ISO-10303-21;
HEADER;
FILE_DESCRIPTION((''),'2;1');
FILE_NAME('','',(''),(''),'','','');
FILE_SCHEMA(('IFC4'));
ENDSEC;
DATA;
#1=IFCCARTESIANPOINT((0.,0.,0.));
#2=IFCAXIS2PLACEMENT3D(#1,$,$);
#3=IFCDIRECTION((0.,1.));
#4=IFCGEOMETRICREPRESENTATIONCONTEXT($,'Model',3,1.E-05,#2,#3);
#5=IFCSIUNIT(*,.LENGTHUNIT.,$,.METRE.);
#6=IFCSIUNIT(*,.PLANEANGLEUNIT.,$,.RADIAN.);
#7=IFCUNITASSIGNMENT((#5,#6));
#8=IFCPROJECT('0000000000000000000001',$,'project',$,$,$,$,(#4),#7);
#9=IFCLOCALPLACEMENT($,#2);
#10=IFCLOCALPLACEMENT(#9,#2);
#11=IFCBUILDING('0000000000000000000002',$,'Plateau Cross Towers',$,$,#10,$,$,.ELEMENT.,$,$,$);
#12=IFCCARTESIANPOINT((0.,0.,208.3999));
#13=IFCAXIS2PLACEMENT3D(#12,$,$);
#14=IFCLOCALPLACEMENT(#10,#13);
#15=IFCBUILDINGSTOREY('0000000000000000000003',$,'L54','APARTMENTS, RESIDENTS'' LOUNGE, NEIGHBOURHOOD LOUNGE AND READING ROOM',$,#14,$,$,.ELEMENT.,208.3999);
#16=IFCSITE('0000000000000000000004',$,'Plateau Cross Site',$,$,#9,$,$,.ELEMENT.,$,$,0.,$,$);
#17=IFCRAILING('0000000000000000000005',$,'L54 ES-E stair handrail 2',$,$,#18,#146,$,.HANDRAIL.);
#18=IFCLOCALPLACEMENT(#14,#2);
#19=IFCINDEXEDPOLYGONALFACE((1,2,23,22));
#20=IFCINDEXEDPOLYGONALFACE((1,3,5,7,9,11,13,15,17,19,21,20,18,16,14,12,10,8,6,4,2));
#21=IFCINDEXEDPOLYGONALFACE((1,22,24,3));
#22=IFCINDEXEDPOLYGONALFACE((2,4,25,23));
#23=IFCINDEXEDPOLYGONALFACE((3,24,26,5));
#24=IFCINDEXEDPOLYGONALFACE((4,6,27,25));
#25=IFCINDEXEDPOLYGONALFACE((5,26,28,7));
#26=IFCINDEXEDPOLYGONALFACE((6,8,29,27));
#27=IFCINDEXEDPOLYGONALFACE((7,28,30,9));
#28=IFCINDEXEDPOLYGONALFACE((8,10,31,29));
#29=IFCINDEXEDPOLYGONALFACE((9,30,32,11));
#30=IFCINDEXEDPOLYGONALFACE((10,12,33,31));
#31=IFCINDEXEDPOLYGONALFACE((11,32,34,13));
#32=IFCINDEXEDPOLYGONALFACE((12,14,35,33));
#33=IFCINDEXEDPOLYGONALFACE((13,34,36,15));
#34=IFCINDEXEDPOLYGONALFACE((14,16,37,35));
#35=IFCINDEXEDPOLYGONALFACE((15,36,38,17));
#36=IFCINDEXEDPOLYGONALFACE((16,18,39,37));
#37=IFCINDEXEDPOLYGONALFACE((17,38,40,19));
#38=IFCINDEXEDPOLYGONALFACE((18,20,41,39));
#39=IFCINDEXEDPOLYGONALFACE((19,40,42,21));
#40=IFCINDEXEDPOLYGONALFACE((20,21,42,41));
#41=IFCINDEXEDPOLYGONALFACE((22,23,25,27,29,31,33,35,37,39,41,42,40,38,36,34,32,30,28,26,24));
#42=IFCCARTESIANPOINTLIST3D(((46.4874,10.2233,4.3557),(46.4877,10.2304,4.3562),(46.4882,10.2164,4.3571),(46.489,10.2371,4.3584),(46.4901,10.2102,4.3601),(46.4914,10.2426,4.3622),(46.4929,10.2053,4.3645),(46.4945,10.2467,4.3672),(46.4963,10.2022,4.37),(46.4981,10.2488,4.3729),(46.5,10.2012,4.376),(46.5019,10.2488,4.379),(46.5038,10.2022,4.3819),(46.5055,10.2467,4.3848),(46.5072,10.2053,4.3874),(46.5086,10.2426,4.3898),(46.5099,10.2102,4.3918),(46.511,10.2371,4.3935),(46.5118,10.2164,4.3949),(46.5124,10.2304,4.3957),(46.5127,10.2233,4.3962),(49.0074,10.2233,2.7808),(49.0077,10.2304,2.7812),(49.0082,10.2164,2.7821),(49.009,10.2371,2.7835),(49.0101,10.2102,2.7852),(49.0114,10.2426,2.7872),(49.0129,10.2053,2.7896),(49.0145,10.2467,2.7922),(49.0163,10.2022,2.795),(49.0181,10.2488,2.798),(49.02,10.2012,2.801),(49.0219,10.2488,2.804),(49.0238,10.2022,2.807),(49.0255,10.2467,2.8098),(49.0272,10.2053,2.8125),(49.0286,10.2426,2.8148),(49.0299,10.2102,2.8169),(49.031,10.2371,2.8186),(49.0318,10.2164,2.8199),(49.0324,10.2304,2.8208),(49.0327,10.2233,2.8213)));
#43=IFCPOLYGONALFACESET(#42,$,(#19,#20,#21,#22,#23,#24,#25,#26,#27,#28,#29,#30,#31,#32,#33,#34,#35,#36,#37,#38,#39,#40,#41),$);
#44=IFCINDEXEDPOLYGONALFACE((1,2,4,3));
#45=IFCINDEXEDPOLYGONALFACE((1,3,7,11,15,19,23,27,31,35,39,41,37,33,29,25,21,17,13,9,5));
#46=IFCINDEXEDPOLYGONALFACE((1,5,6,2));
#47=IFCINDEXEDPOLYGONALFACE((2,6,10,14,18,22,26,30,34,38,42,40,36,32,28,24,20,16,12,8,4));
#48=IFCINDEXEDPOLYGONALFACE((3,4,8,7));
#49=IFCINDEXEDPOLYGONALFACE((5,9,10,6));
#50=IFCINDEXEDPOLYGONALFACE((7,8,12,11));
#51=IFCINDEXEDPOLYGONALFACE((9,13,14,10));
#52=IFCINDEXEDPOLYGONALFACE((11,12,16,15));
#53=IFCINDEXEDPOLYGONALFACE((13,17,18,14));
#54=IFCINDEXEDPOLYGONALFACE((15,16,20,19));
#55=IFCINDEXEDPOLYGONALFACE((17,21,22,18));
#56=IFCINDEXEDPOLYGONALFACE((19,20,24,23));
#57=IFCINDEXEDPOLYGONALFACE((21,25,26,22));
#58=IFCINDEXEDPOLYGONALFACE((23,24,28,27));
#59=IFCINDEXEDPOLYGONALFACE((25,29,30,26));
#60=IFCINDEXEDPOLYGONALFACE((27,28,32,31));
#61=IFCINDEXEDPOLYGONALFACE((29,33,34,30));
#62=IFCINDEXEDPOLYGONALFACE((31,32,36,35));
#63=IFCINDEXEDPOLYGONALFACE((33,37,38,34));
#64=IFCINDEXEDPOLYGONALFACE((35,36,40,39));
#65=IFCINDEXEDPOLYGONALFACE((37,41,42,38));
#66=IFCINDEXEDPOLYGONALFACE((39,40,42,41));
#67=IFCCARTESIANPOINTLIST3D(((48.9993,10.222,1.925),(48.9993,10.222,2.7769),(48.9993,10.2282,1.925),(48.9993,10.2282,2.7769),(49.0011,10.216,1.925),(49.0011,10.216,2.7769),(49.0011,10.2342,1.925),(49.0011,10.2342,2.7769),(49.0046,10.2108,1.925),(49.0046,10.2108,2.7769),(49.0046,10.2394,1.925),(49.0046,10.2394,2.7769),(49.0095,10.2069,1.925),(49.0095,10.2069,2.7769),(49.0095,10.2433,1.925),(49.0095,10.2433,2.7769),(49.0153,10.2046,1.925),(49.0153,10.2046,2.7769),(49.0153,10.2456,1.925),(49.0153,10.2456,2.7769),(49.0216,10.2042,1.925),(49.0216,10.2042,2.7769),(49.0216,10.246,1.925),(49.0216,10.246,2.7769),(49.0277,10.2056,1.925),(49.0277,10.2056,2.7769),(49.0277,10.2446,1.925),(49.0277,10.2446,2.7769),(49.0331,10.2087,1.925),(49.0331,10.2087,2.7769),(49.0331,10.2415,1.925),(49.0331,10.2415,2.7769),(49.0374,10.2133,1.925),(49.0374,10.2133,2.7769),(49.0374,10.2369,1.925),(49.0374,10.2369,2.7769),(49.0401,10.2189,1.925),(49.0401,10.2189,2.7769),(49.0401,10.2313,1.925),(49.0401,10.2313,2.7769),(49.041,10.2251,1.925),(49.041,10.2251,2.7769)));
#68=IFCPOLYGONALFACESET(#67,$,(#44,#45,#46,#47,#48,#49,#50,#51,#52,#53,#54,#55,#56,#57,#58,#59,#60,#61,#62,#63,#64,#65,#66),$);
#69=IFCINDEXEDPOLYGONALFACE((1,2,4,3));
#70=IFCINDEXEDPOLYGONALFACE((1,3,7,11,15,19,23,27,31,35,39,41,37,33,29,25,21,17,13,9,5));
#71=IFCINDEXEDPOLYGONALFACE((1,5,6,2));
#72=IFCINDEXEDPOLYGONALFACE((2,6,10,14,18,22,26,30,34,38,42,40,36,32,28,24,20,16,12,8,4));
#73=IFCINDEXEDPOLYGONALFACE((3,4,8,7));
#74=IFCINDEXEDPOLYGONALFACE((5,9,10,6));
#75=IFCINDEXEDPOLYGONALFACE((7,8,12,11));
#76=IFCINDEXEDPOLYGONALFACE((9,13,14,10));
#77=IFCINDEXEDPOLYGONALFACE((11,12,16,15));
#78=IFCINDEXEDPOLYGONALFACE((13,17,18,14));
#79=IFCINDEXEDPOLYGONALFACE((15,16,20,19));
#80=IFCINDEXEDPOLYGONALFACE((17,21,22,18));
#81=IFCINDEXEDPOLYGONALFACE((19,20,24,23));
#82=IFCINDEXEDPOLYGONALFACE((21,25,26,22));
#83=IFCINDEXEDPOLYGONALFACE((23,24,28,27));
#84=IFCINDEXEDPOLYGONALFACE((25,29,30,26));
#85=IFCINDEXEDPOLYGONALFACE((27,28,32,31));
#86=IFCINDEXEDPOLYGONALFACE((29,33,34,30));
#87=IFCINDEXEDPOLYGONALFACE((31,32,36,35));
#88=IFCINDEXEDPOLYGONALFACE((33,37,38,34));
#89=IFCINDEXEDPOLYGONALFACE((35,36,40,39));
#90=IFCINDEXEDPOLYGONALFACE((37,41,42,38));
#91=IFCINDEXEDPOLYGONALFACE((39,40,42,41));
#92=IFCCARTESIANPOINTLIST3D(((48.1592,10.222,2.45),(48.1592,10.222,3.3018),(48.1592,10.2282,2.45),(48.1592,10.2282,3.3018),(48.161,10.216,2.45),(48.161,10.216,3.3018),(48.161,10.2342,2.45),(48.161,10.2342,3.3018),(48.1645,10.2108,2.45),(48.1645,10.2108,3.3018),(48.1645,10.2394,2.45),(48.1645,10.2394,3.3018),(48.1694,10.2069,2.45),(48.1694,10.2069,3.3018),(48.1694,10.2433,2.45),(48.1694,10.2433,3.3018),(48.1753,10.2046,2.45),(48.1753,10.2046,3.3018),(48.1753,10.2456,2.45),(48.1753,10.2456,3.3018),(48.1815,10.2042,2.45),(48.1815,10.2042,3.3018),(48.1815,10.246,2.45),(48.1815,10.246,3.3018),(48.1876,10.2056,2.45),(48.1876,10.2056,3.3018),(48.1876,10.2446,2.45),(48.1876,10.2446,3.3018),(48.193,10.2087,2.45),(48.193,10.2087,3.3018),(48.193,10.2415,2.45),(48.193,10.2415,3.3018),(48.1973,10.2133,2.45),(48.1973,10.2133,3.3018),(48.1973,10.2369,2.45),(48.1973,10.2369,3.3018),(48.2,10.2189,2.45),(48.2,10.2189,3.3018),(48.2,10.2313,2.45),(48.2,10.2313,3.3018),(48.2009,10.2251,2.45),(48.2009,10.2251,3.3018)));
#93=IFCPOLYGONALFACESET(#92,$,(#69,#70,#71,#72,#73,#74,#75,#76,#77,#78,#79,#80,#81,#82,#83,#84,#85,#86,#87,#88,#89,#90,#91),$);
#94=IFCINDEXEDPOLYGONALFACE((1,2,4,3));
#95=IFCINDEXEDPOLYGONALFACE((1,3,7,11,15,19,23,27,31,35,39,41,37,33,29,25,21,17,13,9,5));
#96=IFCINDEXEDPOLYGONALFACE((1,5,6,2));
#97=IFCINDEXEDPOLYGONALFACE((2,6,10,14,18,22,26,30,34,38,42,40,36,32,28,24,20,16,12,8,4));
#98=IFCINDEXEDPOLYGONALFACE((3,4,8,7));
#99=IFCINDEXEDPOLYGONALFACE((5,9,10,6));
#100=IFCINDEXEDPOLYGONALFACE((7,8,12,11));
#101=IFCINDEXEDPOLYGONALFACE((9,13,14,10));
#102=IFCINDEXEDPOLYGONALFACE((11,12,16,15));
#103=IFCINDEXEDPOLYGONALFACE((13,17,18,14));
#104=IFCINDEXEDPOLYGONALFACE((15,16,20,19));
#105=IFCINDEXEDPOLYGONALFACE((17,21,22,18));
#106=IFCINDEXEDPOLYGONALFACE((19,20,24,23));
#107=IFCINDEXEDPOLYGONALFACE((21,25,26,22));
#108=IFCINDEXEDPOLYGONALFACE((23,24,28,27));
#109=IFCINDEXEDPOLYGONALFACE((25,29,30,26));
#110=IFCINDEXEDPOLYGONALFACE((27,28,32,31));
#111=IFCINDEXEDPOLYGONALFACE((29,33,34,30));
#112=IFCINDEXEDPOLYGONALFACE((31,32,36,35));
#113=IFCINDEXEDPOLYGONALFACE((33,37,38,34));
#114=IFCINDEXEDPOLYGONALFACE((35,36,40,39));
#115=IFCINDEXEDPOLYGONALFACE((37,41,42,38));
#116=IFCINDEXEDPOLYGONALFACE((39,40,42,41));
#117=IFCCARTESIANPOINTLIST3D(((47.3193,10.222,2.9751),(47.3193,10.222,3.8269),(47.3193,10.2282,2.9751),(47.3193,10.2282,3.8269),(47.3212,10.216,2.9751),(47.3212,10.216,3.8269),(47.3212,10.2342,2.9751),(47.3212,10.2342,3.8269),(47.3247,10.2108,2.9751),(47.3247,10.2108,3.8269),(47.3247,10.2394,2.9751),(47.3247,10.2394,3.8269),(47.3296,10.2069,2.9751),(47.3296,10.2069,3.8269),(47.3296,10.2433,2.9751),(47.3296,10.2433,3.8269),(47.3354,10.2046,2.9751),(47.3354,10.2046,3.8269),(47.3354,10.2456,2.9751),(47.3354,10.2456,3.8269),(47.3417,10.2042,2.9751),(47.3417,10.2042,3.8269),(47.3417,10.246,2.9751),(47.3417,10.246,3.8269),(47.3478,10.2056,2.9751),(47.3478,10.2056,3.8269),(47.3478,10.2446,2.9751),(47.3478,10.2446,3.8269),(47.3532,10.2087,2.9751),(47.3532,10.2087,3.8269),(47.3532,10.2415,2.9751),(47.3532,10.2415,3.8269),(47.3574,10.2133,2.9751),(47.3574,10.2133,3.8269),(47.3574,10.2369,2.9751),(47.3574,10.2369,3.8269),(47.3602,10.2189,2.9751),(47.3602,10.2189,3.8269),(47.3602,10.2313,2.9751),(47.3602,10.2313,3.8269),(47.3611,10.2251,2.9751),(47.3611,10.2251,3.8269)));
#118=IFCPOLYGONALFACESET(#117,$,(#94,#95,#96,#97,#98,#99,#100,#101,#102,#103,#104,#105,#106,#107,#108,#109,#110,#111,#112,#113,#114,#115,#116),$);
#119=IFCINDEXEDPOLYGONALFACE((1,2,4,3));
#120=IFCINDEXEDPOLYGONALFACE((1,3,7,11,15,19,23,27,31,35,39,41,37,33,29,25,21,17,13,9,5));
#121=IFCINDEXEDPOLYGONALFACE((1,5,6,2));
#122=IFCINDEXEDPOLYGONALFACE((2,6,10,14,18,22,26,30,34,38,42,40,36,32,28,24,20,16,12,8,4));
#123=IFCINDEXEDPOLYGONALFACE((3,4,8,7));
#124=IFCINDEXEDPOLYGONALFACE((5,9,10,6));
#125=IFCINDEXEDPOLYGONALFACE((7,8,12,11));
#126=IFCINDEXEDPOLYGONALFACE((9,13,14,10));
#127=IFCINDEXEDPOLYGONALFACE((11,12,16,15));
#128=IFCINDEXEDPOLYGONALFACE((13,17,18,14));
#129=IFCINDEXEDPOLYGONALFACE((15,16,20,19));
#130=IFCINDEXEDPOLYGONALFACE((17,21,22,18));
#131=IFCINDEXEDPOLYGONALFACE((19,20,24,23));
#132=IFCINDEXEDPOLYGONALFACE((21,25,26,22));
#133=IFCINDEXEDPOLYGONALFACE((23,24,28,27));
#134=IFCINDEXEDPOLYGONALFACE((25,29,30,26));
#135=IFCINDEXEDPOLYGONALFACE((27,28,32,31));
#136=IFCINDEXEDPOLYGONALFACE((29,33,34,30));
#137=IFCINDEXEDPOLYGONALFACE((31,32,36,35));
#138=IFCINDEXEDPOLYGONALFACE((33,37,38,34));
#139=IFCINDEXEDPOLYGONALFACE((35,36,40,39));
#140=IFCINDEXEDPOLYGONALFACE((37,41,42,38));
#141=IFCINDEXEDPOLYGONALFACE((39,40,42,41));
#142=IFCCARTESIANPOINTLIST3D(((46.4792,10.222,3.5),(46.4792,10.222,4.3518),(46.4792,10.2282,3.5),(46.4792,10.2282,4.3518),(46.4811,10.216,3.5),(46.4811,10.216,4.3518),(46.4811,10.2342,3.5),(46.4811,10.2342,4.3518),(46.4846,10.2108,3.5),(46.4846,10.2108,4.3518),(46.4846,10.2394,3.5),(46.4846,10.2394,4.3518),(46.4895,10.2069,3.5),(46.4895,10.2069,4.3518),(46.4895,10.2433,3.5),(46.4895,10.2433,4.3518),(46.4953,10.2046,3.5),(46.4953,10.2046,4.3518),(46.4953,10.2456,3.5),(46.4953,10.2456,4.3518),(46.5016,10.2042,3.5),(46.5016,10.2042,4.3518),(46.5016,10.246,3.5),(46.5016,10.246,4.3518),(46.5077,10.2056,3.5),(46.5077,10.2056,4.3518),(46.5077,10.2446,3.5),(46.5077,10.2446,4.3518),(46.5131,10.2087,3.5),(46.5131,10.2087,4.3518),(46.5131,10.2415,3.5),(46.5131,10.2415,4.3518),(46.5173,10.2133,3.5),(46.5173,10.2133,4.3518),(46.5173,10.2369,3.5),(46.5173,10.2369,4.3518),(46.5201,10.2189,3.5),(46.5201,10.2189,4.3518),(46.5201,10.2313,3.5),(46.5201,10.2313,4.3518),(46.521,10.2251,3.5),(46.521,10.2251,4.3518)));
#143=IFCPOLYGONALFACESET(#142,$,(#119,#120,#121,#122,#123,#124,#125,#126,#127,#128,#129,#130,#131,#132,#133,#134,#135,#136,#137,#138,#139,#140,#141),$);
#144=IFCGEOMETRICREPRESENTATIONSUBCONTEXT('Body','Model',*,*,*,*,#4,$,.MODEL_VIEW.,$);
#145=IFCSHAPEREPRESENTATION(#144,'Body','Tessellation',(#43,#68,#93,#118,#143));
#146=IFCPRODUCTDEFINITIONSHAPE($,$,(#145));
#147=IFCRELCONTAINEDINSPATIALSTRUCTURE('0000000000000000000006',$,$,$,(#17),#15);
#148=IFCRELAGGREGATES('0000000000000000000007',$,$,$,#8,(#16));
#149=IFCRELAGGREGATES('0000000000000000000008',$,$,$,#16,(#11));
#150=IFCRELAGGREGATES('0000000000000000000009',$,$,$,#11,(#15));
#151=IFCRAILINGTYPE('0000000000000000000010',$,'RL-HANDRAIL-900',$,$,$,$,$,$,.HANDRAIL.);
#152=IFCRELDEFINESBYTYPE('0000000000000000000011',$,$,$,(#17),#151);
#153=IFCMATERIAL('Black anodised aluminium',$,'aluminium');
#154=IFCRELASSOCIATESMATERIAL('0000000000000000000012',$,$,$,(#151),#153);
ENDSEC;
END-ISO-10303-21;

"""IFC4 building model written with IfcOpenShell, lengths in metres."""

from ifc_helpers import new_model, si_unit, direction, frame, origin, origin_2d, place, context, subcontext, project, spatial, circle, extrude, material, type_object, element, save


model = new_model("IFC4")

# Units and contexts
model_context = context("Model", 3, precision=1e-05, world=origin(), true_north=direction((0.0, 1.0)))
body_context = subcontext(model_context, "Body", "Model", "MODEL_VIEW")
ifc_project = project(units=[si_unit("LENGTHUNIT", "METRE"), si_unit("PLANEANGLEUNIT", "RADIAN")], contexts=[model_context])

# Site, building, storey
site_placement = place(None, origin())
site = spatial("IfcSite", under=ifc_project, at=site_placement, Name="Plateau Cross Site", CompositionType="ELEMENT", RefElevation=0.0)
building_placement = place(site_placement, origin())
building = spatial("IfcBuilding", under=site, at=building_placement, Name="Plateau Cross Towers", CompositionType="ELEMENT")
storey_placement = place(building_placement, frame((0.0, 0.0, 208.3999)))
storey = spatial("IfcBuildingStorey", under=building, at=storey_placement, Name="L54", Description="APARTMENTS, RESIDENTS' LOUNGE, NEIGHBOURHOOD LOUNGE AND READING ROOM", CompositionType="ELEMENT", Elevation=208.3999)

# Shared definitions
ifc_material_1 = material(Name="Black anodised aluminium", Category="aluminium")

# Railing
railing_type_1 = type_object("IfcRailingType", Name="RL-HANDRAIL-900", PredefinedType="HANDRAIL", material=ifc_material_1)
railing_1_placement = place(storey_placement, frame((49.02, 10.2251, 1.925)))
element("IfcRailing", 1, at=railing_1_placement, inside=storey, type_object=railing_type_1, Name="L54 ES-E stair handrail 2", PredefinedType="HANDRAIL", context=body_context, shape_type="SweptSolid", body=[
    extrude(circle(Radius=0.0239, at=origin_2d()), frame((0.0, 0.0, 0.876), z_axis=(-0.848008, 0.0, 0.529984), x_axis=(0.0, -1.0, 0.0)), (0.0, 0.0, 1.0), 2.9717),
    extrude(circle(Radius=0.021, at=origin_2d()), origin(), (0.0, 0.0, 1.0), 0.8518),
    extrude(circle(Radius=0.021, at=origin_2d()), frame((-0.8401, 0.0, 0.5249)), (0.0, 0.0, 1.0), 0.8518),
    extrude(circle(Radius=0.021, at=origin_2d()), frame((-1.6799, 0.0, 1.05)), (0.0, 0.0, 1.0), 0.8518),
    extrude(circle(Radius=0.021, at=origin_2d()), frame((-2.52, 0.0, 1.575)), (0.0, 0.0, 1.0), 0.8518),
])

save(model, "model.ifc")
